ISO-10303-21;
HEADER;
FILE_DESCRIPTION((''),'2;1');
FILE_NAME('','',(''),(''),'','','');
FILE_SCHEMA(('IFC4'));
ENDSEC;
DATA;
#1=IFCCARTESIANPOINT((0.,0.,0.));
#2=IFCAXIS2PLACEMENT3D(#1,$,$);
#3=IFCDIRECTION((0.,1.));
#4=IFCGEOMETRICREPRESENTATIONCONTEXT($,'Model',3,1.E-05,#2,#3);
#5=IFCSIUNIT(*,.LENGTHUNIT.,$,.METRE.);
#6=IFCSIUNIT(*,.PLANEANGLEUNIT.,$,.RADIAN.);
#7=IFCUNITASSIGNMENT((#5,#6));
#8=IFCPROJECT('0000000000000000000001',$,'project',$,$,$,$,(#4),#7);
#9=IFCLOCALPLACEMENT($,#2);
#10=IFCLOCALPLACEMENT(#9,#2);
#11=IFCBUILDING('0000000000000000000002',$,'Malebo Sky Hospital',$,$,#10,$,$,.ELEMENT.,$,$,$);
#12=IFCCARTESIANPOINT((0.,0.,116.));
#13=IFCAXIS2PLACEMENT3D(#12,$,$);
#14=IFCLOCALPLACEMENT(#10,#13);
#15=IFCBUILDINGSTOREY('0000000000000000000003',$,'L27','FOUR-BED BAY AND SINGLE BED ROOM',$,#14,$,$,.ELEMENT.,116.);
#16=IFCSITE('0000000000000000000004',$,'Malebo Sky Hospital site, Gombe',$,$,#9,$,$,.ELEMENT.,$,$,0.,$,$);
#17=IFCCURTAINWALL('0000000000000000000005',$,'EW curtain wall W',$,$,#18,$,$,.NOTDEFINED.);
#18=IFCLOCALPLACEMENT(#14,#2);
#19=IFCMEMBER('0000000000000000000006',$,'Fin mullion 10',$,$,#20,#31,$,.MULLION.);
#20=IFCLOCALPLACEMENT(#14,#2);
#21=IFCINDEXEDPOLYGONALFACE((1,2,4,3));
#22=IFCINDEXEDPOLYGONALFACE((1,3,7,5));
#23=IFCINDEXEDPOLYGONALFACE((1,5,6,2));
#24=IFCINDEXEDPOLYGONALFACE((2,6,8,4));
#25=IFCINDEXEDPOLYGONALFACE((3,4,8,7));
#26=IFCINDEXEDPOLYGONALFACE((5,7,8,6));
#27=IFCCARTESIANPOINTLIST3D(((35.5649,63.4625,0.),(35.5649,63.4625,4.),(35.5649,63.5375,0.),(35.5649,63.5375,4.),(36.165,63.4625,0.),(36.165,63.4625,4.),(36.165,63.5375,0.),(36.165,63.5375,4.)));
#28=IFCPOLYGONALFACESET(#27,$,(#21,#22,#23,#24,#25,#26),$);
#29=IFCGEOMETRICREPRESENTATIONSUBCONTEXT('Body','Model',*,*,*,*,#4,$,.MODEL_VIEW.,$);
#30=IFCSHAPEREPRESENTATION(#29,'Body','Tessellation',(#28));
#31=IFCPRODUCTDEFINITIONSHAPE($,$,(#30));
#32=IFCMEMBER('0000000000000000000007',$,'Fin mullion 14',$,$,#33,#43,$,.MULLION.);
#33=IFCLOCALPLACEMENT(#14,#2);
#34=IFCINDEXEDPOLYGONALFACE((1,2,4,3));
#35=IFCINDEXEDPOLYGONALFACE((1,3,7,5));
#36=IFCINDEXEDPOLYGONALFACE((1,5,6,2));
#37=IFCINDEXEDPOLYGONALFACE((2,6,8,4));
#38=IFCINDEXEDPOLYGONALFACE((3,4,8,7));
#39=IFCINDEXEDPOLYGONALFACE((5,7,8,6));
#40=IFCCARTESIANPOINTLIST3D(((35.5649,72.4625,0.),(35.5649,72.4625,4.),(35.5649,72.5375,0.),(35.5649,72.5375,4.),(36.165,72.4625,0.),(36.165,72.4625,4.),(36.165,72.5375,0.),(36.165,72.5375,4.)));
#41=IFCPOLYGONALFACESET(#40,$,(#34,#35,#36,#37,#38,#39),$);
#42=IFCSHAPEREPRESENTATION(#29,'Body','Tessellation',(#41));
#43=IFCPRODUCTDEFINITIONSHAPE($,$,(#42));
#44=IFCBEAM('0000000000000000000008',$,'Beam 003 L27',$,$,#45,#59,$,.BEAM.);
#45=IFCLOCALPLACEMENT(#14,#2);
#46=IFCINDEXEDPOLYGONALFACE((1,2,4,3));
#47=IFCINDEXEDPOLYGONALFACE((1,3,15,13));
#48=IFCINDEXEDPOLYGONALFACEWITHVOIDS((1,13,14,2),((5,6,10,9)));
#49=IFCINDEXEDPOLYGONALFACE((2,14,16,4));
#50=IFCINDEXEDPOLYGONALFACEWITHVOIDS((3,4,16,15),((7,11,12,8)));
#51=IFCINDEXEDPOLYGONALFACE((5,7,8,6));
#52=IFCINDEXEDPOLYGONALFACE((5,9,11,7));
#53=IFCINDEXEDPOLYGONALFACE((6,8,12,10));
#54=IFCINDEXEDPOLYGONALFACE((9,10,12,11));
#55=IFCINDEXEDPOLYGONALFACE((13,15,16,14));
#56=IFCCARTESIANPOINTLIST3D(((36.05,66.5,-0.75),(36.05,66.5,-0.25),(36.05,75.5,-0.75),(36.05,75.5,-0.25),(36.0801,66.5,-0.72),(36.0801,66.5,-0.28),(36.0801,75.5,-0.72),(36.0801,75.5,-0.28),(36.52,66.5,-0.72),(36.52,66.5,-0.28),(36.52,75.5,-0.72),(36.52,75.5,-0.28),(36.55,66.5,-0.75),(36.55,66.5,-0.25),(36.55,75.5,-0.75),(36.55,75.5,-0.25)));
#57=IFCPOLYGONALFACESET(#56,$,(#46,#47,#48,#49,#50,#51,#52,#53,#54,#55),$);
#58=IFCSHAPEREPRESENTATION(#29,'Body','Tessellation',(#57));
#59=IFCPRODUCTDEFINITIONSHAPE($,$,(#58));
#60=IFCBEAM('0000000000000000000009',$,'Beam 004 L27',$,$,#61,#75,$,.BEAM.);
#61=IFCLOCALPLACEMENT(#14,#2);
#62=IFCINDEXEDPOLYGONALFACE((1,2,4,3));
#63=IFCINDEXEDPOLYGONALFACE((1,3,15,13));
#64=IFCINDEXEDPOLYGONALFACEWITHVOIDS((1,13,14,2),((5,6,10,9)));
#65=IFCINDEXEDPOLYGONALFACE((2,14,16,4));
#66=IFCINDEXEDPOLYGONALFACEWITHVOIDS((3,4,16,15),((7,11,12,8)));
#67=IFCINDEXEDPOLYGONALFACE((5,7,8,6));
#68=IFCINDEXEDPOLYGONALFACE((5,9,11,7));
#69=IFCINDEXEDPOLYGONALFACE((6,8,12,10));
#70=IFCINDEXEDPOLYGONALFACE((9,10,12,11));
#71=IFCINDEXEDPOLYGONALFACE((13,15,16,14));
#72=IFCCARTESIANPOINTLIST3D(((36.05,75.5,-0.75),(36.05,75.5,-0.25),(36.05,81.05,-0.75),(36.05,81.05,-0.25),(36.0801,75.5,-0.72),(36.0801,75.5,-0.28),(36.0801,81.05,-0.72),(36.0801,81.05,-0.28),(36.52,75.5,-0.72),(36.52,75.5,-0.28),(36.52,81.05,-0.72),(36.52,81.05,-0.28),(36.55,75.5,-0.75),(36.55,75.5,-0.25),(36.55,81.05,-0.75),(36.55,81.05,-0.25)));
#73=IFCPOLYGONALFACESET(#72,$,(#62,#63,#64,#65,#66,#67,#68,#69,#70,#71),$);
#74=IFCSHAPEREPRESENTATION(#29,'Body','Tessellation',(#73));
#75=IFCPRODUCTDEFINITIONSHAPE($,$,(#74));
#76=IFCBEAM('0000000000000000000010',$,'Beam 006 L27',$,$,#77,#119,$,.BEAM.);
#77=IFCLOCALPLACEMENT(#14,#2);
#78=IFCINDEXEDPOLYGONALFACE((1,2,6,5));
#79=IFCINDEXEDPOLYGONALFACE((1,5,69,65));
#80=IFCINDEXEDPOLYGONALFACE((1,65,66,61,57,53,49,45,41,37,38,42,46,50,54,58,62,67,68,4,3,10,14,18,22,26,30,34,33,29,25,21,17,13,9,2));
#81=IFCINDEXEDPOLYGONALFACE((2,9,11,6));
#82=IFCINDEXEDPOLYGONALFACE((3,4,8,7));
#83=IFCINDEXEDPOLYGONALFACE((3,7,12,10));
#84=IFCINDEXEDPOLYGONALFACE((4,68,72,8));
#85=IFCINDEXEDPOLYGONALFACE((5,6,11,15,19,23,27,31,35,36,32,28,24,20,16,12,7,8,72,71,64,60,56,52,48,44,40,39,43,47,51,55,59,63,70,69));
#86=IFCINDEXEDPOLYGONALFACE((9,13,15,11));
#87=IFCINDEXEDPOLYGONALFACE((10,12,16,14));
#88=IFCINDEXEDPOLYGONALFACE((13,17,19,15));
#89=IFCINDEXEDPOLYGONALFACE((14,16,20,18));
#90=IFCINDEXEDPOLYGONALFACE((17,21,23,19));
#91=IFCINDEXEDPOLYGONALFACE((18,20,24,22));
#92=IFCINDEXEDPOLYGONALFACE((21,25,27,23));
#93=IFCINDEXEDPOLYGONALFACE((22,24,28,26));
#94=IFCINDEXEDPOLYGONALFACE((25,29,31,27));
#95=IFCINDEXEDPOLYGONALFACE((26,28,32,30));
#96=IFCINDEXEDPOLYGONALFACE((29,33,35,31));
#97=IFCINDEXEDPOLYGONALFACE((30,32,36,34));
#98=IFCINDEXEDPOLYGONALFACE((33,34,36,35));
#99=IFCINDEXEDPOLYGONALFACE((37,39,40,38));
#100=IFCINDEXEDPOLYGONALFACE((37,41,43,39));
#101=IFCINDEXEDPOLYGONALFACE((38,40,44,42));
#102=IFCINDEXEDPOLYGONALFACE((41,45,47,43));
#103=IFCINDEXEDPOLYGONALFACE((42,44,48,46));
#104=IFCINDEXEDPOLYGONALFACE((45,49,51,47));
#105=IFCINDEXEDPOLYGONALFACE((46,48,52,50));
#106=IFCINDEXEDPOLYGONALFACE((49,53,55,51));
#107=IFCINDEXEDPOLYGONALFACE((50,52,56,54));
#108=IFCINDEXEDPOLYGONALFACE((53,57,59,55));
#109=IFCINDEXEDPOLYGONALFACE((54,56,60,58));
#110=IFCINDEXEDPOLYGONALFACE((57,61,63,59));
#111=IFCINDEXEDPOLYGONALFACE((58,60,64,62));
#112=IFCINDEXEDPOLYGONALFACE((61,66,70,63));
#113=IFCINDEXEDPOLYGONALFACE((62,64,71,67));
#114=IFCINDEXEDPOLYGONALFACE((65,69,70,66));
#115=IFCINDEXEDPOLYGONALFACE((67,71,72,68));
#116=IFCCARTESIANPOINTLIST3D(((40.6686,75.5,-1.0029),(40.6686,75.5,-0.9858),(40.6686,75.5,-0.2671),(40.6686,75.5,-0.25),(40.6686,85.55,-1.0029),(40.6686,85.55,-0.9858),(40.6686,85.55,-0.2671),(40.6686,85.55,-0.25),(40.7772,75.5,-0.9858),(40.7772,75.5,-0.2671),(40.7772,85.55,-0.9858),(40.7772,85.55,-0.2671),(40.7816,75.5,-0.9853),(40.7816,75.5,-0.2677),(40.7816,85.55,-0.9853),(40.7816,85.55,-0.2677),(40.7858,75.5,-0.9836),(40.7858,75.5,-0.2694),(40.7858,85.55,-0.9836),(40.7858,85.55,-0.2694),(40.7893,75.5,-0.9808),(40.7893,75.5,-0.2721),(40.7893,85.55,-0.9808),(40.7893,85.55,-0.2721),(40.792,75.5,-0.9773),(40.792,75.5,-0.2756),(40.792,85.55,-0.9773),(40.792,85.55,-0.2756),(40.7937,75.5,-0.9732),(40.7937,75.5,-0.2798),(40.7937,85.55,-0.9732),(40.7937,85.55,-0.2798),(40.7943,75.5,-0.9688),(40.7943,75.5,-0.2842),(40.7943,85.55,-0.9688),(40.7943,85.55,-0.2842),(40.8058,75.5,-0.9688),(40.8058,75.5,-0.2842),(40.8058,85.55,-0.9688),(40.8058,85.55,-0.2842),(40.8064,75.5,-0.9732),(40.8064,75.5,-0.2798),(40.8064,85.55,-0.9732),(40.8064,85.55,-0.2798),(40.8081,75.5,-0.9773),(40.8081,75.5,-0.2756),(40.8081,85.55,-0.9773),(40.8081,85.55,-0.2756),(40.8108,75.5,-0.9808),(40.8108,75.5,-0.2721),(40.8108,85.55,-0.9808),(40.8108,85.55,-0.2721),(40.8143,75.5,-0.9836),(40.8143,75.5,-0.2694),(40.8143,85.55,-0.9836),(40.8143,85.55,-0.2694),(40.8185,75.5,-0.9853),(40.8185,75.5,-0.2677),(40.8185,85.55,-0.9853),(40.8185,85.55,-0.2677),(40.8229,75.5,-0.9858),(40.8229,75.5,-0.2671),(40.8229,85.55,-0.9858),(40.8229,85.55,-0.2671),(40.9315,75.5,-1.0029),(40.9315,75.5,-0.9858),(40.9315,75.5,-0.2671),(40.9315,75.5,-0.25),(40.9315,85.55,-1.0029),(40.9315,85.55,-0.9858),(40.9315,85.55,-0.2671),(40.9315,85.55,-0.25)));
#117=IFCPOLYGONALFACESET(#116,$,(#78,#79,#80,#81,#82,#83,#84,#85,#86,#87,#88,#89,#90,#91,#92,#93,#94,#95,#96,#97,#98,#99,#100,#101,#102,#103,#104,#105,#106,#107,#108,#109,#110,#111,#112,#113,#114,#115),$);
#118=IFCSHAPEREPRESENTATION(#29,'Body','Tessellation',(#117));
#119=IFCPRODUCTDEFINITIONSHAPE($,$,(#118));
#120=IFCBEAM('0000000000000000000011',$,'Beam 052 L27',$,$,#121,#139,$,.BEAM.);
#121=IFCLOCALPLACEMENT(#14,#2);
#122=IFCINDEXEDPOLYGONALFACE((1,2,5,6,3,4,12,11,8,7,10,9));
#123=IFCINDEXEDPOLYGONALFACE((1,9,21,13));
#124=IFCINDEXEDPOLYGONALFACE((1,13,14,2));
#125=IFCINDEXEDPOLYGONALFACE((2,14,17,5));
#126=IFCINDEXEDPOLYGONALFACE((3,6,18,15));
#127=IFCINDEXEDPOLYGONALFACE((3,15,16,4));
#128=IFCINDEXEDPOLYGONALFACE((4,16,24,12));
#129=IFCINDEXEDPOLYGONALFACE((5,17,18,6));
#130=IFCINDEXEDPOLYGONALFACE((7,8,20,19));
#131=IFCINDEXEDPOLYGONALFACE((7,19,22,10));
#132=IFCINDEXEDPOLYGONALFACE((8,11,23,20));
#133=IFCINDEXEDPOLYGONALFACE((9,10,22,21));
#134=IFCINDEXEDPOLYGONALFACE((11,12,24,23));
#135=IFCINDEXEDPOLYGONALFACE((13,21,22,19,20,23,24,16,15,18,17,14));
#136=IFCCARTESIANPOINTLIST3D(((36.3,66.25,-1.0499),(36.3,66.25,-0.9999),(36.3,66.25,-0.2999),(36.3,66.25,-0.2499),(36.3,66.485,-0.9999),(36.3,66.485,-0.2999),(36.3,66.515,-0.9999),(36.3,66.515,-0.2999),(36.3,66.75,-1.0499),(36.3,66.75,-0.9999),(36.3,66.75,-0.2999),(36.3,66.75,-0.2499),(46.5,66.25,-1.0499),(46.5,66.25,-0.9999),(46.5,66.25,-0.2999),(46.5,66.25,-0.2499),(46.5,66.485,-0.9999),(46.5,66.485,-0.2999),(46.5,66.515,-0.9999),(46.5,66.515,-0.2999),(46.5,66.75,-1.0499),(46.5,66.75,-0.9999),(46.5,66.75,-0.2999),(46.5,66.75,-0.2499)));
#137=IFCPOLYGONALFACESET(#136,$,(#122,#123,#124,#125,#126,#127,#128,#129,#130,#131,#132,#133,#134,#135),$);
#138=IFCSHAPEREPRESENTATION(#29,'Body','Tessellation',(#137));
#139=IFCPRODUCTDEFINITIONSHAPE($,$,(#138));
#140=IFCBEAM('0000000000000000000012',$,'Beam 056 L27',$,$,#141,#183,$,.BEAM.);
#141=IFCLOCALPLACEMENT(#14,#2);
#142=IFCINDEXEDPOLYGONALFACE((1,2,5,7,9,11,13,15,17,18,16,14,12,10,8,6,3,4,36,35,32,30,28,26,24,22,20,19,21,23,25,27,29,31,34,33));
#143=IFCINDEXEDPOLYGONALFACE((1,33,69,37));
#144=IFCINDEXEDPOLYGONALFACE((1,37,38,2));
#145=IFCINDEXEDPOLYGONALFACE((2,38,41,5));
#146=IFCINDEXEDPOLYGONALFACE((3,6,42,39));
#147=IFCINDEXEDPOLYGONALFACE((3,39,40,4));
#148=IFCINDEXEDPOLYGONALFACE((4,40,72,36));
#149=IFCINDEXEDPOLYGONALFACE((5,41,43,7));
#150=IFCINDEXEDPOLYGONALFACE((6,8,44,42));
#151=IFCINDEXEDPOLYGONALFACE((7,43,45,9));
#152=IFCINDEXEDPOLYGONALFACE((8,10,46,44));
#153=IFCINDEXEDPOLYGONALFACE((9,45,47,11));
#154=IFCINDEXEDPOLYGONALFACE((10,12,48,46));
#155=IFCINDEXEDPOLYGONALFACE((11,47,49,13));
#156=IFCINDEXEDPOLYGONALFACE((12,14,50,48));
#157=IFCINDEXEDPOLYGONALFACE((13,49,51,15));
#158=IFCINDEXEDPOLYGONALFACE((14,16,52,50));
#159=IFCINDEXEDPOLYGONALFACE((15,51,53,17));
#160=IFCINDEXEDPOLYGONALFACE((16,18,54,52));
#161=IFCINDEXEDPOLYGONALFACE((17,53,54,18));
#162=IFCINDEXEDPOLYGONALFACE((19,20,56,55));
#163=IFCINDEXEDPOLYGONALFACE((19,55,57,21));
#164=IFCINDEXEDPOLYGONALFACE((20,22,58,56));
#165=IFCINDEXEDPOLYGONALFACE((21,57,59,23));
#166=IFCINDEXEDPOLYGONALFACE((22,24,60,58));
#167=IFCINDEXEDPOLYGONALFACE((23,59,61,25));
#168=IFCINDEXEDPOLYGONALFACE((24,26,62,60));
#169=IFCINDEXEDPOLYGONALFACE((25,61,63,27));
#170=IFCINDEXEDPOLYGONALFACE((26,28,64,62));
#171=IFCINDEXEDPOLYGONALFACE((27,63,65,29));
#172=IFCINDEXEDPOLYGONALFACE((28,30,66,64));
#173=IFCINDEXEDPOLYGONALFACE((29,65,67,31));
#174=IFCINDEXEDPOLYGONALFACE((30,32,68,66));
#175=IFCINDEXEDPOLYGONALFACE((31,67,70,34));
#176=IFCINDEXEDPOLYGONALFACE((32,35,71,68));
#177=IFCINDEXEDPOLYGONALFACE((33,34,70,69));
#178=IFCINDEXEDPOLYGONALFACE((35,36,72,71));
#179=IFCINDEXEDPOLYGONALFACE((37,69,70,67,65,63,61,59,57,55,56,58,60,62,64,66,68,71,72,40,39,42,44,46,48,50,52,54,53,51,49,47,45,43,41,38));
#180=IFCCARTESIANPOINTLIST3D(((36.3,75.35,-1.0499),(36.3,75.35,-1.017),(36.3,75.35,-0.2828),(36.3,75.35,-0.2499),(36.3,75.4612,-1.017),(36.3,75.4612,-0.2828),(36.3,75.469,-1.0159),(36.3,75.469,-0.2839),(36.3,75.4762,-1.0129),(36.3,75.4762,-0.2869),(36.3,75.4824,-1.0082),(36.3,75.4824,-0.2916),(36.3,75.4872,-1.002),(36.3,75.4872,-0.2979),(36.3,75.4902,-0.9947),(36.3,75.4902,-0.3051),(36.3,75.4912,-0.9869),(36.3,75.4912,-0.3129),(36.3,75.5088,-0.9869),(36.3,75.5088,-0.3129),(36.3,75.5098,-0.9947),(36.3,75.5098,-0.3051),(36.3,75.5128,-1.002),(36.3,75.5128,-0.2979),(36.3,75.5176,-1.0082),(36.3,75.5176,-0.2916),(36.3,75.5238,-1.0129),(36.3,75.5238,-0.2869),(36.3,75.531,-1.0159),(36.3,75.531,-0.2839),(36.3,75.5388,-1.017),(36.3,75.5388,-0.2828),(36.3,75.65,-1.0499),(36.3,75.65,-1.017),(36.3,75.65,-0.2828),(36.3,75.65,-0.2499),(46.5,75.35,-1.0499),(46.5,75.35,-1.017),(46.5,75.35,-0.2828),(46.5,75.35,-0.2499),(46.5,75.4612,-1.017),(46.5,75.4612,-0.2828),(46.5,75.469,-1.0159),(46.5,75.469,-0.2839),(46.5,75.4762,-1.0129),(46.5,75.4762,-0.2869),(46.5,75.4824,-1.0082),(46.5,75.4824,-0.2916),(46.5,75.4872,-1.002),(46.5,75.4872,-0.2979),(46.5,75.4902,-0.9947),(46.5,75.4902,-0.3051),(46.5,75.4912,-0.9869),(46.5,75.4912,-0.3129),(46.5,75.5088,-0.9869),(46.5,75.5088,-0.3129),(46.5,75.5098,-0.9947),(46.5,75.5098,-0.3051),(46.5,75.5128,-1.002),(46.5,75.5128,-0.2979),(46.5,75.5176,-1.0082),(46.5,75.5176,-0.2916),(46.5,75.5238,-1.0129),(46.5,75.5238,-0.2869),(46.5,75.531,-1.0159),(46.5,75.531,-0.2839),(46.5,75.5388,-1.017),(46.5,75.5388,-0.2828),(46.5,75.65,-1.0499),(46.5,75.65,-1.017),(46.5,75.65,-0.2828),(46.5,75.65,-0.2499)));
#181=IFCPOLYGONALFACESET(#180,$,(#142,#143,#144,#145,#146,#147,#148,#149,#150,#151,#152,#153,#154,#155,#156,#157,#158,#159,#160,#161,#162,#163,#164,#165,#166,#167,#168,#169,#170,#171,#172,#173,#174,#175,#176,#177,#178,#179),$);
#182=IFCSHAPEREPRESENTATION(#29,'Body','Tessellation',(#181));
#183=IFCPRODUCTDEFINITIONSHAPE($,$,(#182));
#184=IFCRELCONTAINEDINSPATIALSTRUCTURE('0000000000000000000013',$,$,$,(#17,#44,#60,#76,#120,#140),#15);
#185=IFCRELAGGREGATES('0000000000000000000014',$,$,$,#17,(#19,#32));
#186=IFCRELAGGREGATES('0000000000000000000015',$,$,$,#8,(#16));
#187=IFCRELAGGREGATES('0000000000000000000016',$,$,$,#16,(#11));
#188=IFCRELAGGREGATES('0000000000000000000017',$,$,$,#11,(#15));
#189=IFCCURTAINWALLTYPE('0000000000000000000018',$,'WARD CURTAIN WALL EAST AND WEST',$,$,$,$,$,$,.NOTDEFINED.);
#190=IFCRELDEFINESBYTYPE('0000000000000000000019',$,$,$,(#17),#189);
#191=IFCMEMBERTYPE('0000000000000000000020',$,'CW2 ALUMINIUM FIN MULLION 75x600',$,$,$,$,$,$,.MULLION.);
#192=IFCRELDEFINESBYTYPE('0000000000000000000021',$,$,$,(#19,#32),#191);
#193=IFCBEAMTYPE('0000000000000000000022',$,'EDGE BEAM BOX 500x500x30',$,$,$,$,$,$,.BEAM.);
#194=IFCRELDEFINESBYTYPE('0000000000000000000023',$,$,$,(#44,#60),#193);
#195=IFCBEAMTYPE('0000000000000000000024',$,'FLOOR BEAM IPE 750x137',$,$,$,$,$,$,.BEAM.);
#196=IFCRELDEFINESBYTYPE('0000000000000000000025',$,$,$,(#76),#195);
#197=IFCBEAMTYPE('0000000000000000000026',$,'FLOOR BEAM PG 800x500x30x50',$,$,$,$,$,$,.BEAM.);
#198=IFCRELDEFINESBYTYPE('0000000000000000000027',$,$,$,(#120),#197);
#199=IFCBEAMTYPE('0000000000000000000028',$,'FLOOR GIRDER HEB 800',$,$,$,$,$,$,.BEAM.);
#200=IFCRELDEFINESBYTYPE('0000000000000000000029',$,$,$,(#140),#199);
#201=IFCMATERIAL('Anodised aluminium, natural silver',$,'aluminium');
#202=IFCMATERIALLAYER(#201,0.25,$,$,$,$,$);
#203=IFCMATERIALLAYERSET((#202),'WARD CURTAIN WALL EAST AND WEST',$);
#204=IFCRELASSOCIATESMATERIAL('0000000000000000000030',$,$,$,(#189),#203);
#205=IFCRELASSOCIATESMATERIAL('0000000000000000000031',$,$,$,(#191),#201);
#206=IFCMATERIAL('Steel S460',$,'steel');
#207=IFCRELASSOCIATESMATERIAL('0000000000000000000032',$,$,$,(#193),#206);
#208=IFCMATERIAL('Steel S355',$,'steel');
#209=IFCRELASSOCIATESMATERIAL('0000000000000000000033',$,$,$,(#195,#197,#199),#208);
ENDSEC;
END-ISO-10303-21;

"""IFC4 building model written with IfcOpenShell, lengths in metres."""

from ifc_helpers import new_model, si_unit, direction, frame, origin, origin_2d, place, context, subcontext, project, spatial, rectangle, hollow_rectangle, i_section, extrude, material, layer, layer_set, material_profile, profile_set, type_object, element, aggregate, save


model = new_model("IFC4")

# Units and contexts
model_context = context("Model", 3, precision=1e-05, world=origin(), true_north=direction((0.0, 1.0)))
body_context = subcontext(model_context, "Body", "Model", "MODEL_VIEW")
ifc_project = project(units=[si_unit("LENGTHUNIT", "METRE"), si_unit("PLANEANGLEUNIT", "RADIAN")], contexts=[model_context])

# Site, building, storey
site_placement = place(None, origin())
site = spatial("IfcSite", under=ifc_project, at=site_placement, Name="Malebo Sky Hospital site, Gombe", CompositionType="ELEMENT", RefElevation=0.0)
building_placement = place(site_placement, origin())
building = spatial("IfcBuilding", under=site, at=building_placement, Name="Malebo Sky Hospital", CompositionType="ELEMENT")
storey_placement = place(building_placement, frame((0.0, 0.0, 116.0)))
storey = spatial("IfcBuildingStorey", under=building, at=storey_placement, Name="L27", Description="FOUR-BED BAY AND SINGLE BED ROOM", CompositionType="ELEMENT", Elevation=116.0)

# Shared definitions
ifc_material_1 = material(Name="Steel S460", Category="steel")

# Curtain wall
ifc_material_2 = material(Name="Anodised aluminium, natural silver", Category="aluminium")
ifc_layer_1 = layer(ifc_material_2, 0.25)
ifc_layer_set_1 = layer_set([ifc_layer_1], Name="WARD CURTAIN WALL EAST AND WEST")
curtain_wall_type = type_object("IfcCurtainWallType", Name="WARD CURTAIN WALL EAST AND WEST", PredefinedType="NOTDEFINED", material=ifc_layer_set_1)
curtain_wall_placement = place(storey_placement, origin())
curtain_wall = element("IfcCurtainWall", 1, at=curtain_wall_placement, inside=storey, type_object=curtain_wall_type, Name="EW curtain wall W", PredefinedType="NOTDEFINED")

# Members
ifc_material_3 = material(Name="Steel S355", Category="steel")
ifc_material_profile_1 = material_profile(ifc_material_2, rectangle(XDim=0.075, YDim=0.6001, at=origin_2d()), Name="CW2 ALUMINIUM FIN MULLION 75x600")
ifc_profile_set_1 = profile_set([ifc_material_profile_1], Name="Anodised aluminium, natural silver")
member_type_1 = type_object("IfcMemberType", Name="CW2 ALUMINIUM FIN MULLION 75x600", PredefinedType="MULLION", material=ifc_profile_set_1)
member_1_placement = place(storey_placement, frame((35.865, 63.5, 0.0), z_axis=(0.0, 0.0, 1.0), x_axis=(0.0, 1.0, 0.0)))
member_1 = element("IfcMember", 2, at=member_1_placement, type_object=member_type_1, Name="Fin mullion 10", PredefinedType="MULLION", context=body_context, shape_type="SweptSolid", body=[
    extrude(rectangle(XDim=0.075, YDim=0.6001, at=origin_2d()), origin(), (0.0, 0.0, 1.0), 4.0),
])
member_2_placement = place(storey_placement, frame((35.865, 72.5, 0.0), z_axis=(0.0, 0.0, 1.0), x_axis=(0.0, 1.0, 0.0)))
member_2 = element("IfcMember", 3, at=member_2_placement, type_object=member_type_1, Name="Fin mullion 14", PredefinedType="MULLION", context=body_context, shape_type="SweptSolid", body=[
    extrude(rectangle(XDim=0.075, YDim=0.6001, at=origin_2d()), origin(), (0.0, 0.0, 1.0), 4.0),
])

# Beams
ifc_material_profile_2 = material_profile(ifc_material_1, hollow_rectangle(XDim=0.5, YDim=0.5, WallThickness=0.03, at=origin_2d()), Name="BOX 500x500x30")
ifc_profile_set_2 = profile_set([ifc_material_profile_2], Name="Steel S460")
beam_type_1 = type_object("IfcBeamType", Name="EDGE BEAM BOX 500x500x30", PredefinedType="BEAM", material=ifc_profile_set_2)
beam_1_placement = place(storey_placement, frame((36.3, 66.5, -0.5), z_axis=(0.0, 1.0, 0.0), x_axis=(-1.0, 0.0, 0.0)))
element("IfcBeam", 4, at=beam_1_placement, inside=storey, type_object=beam_type_1, Name="Beam 003 L27", PredefinedType="BEAM", context=body_context, shape_type="SweptSolid", body=[
    extrude(hollow_rectangle(XDim=0.5, YDim=0.5, WallThickness=0.03, at=origin_2d()), origin(), (0.0, 0.0, 1.0), 9.0),
])
beam_2_placement = place(storey_placement, frame((36.3, 75.5, -0.5), z_axis=(0.0, 1.0, 0.0), x_axis=(-1.0, 0.0, 0.0)))
element("IfcBeam", 5, at=beam_2_placement, inside=storey, type_object=beam_type_1, Name="Beam 004 L27", PredefinedType="BEAM", context=body_context, shape_type="SweptSolid", body=[
    extrude(hollow_rectangle(XDim=0.5, YDim=0.5, WallThickness=0.03, at=origin_2d()), origin(), (0.0, 0.0, 1.0), 5.55),
])
ifc_material_profile_3 = material_profile(ifc_material_3, i_section(OverallWidth=0.2629, OverallDepth=0.7529, WebThickness=0.0115, FlangeThickness=0.0171, FilletRadius=0.0171, at=origin_2d()), Name="IPE 750x137")
ifc_profile_set_3 = profile_set([ifc_material_profile_3], Name="Steel S355")
beam_type_2 = type_object("IfcBeamType", Name="FLOOR BEAM IPE 750x137", PredefinedType="BEAM", material=ifc_profile_set_3)
beam_3_placement = place(storey_placement, frame((40.8, 75.5, -0.6265), z_axis=(0.0, 1.0, 0.0), x_axis=(-1.0, 0.0, 0.0)))
element("IfcBeam", 6, at=beam_3_placement, inside=storey, type_object=beam_type_2, Name="Beam 006 L27", PredefinedType="BEAM", context=body_context, shape_type="SweptSolid", body=[
    extrude(i_section(OverallWidth=0.2629, OverallDepth=0.7529, WebThickness=0.0115, FlangeThickness=0.0171, FilletRadius=0.0171, at=origin_2d()), origin(), (0.0, 0.0, 1.0), 10.05),
])
ifc_material_profile_4 = material_profile(ifc_material_3, i_section(OverallWidth=0.5, OverallDepth=0.8, WebThickness=0.03, FlangeThickness=0.05, at=origin_2d()), Name="PG 800x500x30x50")
ifc_profile_set_4 = profile_set([ifc_material_profile_4], Name="Steel S355")
beam_type_3 = type_object("IfcBeamType", Name="FLOOR BEAM PG 800x500x30x50", PredefinedType="BEAM", material=ifc_profile_set_4)
beam_4_placement = place(storey_placement, frame((36.3, 66.5, -0.6499), z_axis=(1.0, 0.0, 0.0), x_axis=(0.0, 1.0, 0.0)))
element("IfcBeam", 7, at=beam_4_placement, inside=storey, type_object=beam_type_3, Name="Beam 052 L27", PredefinedType="BEAM", context=body_context, shape_type="SweptSolid", body=[
    extrude(i_section(OverallWidth=0.5, OverallDepth=0.8, WebThickness=0.03, FlangeThickness=0.05, at=origin_2d()), origin(), (0.0, 0.0, 1.0), 10.2),
])
ifc_material_profile_5 = material_profile(ifc_material_3, i_section(OverallWidth=0.3, OverallDepth=0.8, WebThickness=0.0176, FlangeThickness=0.033, FilletRadius=0.03, at=origin_2d()), Name="HEB 800")
ifc_profile_set_5 = profile_set([ifc_material_profile_5], Name="Steel S355")
beam_type_4 = type_object("IfcBeamType", Name="FLOOR GIRDER HEB 800", PredefinedType="BEAM", material=ifc_profile_set_5)
beam_5_placement = place(storey_placement, frame((36.3, 75.5, -0.6499), z_axis=(1.0, 0.0, 0.0), x_axis=(0.0, 1.0, 0.0)))
element("IfcBeam", 8, at=beam_5_placement, inside=storey, type_object=beam_type_4, Name="Beam 056 L27", PredefinedType="BEAM", context=body_context, shape_type="SweptSolid", body=[
    extrude(i_section(OverallWidth=0.3, OverallDepth=0.8, WebThickness=0.0176, FlangeThickness=0.033, FilletRadius=0.03, at=origin_2d()), origin(), (0.0, 0.0, 1.0), 10.2),
])

aggregate(curtain_wall, [member_1, member_2])

save(model, "model.ifc")
